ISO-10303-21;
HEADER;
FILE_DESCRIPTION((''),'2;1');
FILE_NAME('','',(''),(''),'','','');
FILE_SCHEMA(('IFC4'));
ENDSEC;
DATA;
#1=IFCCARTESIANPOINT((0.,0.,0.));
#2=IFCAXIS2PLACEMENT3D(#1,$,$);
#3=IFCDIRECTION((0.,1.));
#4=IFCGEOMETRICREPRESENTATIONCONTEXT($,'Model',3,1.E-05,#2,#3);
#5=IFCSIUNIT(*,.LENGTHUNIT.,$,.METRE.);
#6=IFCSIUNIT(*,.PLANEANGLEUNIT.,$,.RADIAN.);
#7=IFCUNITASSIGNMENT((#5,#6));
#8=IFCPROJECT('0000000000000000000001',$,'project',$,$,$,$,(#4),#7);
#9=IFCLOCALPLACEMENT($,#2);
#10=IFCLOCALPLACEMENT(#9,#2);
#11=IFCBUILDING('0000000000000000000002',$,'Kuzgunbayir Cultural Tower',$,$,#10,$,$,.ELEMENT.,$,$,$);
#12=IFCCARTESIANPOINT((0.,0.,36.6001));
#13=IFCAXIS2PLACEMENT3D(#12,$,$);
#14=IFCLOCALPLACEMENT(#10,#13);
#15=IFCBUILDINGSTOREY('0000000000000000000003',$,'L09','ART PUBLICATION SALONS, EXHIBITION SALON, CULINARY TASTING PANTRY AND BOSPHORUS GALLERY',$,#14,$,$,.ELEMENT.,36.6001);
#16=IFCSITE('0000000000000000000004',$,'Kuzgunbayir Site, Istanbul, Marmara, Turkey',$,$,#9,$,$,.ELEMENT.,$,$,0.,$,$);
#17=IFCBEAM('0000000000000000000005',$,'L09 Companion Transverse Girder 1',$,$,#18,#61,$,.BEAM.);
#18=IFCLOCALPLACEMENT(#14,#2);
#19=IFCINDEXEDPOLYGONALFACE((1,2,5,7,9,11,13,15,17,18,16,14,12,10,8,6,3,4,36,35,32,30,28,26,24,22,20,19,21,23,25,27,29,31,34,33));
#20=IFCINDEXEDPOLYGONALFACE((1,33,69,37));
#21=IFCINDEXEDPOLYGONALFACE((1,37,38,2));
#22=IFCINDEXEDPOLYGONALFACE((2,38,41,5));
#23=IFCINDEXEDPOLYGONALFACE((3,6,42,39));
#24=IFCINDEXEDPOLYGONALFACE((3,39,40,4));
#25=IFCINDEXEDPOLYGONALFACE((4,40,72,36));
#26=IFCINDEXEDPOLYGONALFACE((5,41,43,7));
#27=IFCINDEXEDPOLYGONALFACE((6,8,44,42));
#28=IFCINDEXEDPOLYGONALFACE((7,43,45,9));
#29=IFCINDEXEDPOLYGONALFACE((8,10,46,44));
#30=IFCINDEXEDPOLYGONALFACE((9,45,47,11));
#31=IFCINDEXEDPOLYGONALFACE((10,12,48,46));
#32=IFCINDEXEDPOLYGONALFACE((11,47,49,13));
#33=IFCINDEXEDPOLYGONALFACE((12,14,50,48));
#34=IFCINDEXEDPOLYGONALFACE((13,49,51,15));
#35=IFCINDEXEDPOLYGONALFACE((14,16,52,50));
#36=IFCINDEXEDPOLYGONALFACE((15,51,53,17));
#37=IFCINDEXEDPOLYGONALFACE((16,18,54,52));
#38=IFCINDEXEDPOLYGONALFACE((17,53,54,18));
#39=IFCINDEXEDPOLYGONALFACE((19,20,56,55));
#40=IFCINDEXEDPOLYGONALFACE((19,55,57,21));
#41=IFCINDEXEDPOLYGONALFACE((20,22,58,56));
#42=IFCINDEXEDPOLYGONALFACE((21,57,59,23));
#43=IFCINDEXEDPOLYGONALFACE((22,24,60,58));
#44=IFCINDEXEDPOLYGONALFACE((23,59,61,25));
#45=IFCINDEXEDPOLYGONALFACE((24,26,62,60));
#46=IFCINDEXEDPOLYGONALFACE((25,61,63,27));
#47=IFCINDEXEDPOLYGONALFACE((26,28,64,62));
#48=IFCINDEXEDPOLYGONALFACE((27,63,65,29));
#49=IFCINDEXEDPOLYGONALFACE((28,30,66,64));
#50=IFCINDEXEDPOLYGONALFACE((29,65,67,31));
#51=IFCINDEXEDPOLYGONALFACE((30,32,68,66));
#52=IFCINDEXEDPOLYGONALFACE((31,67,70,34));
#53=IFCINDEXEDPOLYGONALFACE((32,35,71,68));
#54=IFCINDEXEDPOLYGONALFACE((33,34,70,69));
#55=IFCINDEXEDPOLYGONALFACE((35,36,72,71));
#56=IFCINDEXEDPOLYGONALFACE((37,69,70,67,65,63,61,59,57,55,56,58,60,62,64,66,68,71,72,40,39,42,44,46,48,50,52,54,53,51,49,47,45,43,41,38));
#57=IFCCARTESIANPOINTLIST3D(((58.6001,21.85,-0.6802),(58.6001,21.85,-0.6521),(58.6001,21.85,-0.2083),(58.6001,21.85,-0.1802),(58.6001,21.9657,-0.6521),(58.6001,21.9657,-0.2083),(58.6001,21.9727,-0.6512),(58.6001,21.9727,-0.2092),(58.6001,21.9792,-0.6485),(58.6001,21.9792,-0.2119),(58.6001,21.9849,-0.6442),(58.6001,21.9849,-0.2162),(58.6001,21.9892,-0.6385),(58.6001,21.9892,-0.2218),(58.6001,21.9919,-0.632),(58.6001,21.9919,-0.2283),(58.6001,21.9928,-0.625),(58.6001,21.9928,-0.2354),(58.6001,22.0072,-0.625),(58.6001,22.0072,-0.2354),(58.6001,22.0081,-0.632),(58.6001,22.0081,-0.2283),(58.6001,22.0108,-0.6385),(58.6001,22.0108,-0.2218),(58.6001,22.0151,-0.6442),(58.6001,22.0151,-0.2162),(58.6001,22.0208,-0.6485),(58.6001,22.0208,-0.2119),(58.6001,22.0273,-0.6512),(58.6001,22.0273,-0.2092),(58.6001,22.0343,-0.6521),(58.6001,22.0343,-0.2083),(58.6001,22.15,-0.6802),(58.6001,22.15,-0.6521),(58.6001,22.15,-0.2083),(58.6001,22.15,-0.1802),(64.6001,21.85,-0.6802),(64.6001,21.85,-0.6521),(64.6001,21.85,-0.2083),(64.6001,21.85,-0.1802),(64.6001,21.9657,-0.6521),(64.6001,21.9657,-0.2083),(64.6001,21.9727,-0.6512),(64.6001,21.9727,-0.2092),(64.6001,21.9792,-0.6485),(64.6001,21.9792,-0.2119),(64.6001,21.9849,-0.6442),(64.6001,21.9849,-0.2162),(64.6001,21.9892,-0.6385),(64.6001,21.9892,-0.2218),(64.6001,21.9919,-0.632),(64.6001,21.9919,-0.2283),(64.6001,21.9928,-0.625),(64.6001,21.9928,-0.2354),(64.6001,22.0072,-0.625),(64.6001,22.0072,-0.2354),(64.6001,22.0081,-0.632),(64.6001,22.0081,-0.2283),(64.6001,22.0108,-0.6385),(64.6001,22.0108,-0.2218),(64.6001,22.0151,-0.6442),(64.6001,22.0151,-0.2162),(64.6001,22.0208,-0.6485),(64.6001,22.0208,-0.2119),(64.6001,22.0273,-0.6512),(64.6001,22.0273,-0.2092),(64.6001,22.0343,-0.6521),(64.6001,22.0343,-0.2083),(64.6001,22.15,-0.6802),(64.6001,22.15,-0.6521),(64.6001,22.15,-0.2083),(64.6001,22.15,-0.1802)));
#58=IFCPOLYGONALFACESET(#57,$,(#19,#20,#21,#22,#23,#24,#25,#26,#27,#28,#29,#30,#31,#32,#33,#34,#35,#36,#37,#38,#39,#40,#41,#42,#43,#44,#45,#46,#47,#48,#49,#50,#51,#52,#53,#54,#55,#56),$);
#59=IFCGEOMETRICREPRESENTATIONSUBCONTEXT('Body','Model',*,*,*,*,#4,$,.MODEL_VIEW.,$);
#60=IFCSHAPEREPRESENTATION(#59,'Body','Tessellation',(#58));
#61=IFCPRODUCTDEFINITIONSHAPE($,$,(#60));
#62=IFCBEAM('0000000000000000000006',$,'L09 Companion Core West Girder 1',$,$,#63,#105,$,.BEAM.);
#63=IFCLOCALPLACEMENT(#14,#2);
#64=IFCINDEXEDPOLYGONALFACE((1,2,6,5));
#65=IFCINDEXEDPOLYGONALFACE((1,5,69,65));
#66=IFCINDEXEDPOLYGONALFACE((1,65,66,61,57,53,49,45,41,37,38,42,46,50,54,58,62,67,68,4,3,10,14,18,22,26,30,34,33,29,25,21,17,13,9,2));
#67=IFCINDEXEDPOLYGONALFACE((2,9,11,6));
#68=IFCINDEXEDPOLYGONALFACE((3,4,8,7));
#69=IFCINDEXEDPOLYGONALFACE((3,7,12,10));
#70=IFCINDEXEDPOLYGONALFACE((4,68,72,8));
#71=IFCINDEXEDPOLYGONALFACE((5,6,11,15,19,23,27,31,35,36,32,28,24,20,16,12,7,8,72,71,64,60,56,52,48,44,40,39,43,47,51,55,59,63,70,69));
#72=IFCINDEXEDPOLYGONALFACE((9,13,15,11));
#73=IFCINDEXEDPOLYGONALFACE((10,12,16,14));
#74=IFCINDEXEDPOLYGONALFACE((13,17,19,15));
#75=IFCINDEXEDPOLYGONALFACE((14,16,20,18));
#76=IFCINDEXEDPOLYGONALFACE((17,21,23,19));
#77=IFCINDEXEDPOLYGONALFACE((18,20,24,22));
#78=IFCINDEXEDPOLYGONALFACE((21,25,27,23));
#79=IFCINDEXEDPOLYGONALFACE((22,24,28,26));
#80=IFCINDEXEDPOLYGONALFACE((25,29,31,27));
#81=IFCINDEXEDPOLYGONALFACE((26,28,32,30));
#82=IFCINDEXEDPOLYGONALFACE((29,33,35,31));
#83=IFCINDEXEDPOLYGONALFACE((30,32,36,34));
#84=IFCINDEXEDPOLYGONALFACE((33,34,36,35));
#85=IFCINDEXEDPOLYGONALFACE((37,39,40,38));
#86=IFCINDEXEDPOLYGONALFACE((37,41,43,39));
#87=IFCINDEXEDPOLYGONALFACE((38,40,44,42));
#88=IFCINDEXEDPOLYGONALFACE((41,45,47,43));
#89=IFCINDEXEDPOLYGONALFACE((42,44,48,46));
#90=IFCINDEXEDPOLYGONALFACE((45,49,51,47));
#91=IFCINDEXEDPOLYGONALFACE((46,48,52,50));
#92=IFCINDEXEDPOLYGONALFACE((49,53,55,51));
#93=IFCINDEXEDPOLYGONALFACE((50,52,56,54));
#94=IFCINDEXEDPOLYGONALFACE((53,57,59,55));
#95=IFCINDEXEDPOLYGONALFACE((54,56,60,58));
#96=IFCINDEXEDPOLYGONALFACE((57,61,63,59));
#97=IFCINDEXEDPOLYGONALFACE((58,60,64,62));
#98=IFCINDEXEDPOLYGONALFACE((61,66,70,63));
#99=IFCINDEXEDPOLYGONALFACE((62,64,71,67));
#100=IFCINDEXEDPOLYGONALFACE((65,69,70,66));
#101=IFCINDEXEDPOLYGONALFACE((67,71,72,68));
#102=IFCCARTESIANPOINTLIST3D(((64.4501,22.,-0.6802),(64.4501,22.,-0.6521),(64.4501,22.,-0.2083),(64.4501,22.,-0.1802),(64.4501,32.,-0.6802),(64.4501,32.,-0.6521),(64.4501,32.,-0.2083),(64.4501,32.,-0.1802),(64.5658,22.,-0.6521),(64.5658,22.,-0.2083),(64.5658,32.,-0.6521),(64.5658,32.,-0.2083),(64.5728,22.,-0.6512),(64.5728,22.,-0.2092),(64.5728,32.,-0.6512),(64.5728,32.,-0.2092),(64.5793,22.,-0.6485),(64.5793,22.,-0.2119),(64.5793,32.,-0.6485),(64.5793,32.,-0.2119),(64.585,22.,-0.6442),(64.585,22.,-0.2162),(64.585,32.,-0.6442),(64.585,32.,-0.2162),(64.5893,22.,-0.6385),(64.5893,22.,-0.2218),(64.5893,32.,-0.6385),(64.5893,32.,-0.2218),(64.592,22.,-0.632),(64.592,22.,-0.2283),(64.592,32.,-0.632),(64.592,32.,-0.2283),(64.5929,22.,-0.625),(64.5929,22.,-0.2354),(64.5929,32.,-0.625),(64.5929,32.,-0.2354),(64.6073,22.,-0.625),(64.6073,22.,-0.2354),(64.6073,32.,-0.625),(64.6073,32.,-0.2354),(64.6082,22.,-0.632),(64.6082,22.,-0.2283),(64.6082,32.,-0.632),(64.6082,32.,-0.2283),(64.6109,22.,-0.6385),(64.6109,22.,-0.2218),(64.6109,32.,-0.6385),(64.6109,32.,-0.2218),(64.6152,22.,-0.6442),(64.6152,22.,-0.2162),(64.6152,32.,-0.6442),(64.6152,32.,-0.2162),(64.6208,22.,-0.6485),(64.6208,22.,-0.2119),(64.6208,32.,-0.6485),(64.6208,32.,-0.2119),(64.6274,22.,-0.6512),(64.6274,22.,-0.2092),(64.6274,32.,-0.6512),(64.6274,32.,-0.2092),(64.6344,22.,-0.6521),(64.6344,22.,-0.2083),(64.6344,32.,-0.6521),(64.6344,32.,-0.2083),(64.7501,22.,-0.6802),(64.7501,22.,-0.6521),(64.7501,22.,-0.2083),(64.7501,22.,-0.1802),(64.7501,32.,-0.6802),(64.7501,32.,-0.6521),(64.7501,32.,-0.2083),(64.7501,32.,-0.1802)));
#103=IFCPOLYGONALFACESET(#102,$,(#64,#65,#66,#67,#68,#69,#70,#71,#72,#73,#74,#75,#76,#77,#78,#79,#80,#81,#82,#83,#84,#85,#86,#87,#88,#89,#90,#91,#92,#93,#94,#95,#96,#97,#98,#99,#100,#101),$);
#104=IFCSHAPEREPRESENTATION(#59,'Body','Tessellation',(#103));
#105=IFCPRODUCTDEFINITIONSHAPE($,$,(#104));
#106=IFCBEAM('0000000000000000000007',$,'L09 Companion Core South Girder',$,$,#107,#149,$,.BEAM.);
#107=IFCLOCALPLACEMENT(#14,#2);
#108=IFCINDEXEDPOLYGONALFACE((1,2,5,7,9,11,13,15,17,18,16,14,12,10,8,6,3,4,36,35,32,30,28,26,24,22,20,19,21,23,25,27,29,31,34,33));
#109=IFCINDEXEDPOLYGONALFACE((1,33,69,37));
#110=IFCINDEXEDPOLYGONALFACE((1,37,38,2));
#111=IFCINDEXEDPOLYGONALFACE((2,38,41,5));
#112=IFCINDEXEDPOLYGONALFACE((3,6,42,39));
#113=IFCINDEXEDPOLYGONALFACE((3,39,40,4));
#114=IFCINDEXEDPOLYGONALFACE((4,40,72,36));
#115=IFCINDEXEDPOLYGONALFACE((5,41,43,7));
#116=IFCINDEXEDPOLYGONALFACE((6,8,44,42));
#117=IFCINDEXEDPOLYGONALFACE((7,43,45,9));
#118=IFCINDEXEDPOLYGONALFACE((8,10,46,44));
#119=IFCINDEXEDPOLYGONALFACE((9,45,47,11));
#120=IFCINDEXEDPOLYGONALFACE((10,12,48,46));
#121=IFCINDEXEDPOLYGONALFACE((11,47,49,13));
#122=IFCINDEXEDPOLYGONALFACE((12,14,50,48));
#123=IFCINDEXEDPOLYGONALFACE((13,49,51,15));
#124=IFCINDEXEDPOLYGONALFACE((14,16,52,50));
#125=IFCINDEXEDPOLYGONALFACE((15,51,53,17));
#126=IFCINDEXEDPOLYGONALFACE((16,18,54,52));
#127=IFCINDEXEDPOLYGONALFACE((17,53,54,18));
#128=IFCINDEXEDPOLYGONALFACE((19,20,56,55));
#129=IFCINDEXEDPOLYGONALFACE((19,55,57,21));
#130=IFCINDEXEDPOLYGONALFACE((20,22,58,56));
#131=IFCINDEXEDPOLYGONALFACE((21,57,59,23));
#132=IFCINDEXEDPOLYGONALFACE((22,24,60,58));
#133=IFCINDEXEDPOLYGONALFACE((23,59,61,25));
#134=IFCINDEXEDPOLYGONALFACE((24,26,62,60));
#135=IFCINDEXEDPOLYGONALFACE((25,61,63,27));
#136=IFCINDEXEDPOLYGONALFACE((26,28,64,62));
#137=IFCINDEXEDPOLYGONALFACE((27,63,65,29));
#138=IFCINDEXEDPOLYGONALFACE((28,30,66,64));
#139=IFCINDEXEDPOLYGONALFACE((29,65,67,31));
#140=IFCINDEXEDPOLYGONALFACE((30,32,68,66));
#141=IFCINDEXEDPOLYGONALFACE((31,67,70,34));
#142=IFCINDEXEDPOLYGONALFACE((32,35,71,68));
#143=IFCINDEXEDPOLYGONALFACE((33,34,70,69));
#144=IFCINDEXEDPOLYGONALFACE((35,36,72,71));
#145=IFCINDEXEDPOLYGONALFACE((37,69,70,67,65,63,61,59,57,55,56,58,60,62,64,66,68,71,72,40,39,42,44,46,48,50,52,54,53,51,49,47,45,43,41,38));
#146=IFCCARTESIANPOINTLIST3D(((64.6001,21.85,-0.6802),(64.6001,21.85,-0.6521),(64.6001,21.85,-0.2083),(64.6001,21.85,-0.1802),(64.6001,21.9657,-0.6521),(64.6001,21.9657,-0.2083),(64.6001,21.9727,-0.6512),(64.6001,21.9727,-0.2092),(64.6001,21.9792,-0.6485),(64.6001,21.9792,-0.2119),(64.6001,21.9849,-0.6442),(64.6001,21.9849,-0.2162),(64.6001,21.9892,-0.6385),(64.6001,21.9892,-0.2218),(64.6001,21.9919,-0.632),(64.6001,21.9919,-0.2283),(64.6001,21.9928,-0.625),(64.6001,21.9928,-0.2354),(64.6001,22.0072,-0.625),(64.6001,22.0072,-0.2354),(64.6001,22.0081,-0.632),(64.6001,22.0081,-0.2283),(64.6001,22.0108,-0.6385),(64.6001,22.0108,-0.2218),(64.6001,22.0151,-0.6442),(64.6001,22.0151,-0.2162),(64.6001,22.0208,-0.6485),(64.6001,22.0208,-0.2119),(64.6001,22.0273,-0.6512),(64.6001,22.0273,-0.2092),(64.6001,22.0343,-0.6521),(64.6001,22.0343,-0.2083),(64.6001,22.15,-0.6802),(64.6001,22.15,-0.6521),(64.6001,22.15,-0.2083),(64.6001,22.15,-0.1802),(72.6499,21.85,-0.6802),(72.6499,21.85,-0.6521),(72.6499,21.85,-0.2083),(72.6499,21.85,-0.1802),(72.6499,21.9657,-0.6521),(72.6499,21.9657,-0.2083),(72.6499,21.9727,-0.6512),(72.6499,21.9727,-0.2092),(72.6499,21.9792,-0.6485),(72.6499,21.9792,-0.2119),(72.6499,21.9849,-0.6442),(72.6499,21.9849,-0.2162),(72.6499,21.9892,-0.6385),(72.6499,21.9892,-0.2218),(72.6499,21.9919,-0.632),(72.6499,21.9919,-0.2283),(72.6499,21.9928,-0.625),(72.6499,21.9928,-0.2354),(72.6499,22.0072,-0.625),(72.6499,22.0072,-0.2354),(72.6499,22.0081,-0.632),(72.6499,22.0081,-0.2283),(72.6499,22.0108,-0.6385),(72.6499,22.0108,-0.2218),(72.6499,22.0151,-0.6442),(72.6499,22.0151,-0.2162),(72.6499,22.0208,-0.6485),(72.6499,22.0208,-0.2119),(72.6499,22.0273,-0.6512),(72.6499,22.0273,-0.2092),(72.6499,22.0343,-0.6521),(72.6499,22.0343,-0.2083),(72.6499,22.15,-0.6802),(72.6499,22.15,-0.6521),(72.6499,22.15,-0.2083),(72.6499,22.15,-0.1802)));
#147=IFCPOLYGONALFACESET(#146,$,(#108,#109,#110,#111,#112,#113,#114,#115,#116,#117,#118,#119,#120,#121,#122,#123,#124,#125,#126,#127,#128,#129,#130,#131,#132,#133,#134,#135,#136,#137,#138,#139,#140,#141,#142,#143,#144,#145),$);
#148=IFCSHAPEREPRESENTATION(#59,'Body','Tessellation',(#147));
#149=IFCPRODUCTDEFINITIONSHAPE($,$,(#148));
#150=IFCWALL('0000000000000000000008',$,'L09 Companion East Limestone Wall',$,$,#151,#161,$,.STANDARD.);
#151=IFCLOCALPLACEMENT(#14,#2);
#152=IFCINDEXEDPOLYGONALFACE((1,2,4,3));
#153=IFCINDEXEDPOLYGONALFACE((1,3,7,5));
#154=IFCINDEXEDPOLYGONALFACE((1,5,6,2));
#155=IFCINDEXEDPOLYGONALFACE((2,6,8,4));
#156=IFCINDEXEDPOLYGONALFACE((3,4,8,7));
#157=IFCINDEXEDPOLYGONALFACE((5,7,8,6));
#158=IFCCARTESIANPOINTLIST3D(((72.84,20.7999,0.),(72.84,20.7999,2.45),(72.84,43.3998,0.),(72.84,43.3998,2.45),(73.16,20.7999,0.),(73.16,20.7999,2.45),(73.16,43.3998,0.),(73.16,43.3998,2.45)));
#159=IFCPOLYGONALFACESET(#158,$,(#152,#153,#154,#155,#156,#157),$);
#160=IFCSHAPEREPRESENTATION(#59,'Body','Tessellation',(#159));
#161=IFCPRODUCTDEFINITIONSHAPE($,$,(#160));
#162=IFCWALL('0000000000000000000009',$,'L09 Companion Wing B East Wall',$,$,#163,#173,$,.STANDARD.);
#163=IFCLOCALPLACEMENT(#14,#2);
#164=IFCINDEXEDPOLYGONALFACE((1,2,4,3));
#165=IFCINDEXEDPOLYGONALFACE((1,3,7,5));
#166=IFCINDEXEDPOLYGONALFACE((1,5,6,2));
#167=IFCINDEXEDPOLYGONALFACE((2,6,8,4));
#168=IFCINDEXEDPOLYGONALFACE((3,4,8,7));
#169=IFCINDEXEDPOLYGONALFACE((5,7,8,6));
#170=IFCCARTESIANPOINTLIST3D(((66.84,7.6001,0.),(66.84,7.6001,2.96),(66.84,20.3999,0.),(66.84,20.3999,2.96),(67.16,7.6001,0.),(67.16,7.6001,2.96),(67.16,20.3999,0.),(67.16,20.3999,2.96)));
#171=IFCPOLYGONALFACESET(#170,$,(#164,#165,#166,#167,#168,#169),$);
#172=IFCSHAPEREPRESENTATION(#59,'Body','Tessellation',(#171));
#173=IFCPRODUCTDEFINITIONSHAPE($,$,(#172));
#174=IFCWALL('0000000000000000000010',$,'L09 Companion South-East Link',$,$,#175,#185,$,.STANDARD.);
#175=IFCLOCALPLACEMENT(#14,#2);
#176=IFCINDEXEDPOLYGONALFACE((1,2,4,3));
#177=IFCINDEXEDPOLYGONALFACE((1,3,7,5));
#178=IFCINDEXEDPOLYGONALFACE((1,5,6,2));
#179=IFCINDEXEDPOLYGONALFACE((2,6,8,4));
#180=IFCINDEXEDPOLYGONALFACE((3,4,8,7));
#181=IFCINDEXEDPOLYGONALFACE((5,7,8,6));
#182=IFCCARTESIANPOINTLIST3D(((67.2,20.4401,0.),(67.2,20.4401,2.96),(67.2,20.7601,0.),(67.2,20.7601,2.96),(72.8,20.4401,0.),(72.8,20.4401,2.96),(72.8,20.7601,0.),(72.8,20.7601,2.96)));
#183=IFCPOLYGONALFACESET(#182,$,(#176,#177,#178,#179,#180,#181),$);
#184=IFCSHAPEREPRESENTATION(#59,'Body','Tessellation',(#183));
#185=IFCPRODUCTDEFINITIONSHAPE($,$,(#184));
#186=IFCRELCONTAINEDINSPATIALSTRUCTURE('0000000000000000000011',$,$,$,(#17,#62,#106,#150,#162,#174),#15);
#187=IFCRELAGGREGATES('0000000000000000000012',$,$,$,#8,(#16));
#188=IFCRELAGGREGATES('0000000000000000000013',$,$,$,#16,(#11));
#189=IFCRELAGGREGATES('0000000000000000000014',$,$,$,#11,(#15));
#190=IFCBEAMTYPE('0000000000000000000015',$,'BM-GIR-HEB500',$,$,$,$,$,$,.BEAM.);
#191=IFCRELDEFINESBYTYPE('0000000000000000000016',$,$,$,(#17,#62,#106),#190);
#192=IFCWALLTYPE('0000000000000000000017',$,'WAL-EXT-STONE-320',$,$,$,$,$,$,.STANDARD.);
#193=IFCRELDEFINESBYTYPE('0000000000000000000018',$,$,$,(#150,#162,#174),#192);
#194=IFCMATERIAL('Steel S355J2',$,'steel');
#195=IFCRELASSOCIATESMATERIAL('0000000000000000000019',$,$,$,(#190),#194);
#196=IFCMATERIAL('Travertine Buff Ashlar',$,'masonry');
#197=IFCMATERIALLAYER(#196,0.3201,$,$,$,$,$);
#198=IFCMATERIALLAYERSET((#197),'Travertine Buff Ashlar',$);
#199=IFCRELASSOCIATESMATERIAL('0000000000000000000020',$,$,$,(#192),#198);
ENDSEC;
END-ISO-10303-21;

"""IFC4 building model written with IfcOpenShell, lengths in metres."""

from ifc_helpers import new_model, si_unit, direction, frame, frame_2d, origin, origin_2d, place, context, subcontext, project, spatial, rectangle, i_section, extrude, material, layer, layer_set, material_profile, profile_set, type_object, element, save


model = new_model("IFC4")

# Units and contexts
model_context = context("Model", 3, precision=1e-05, world=origin(), true_north=direction((0.0, 1.0)))
body_context = subcontext(model_context, "Body", "Model", "MODEL_VIEW")
ifc_project = project(units=[si_unit("LENGTHUNIT", "METRE"), si_unit("PLANEANGLEUNIT", "RADIAN")], contexts=[model_context])

# Site, building, storey
site_placement = place(None, origin())
site = spatial("IfcSite", under=ifc_project, at=site_placement, Name="Kuzgunbayir Site, Istanbul, Marmara, Turkey", CompositionType="ELEMENT", RefElevation=0.0)
building_placement = place(site_placement, origin())
building = spatial("IfcBuilding", under=site, at=building_placement, Name="Kuzgunbayir Cultural Tower", CompositionType="ELEMENT")
storey_placement = place(building_placement, frame((0.0, 0.0, 36.6001)))
storey = spatial("IfcBuildingStorey", under=building, at=storey_placement, Name="L09", Description="ART PUBLICATION SALONS, EXHIBITION SALON, CULINARY TASTING PANTRY AND BOSPHORUS GALLERY", CompositionType="ELEMENT", Elevation=36.6001)

# Beams
ifc_material_1 = material(Name="Steel S355J2", Category="steel")
ifc_material_profile_1 = material_profile(ifc_material_1, i_section(OverallWidth=0.3, OverallDepth=0.5, WebThickness=0.0144, FlangeThickness=0.0281, FilletRadius=0.0271, at=origin_2d()), Name="HEB 500")
ifc_profile_set_1 = profile_set([ifc_material_profile_1], Name="Steel S355J2")
beam_type_1 = type_object("IfcBeamType", Name="BM-GIR-HEB500", PredefinedType="BEAM", material=ifc_profile_set_1)
beam_1_placement = place(storey_placement, frame((58.6001, 22.0, -0.4302), z_axis=(1.0, 0.0, 0.0), x_axis=(0.0, 1.0, 0.0)))
element("IfcBeam", 1, at=beam_1_placement, inside=storey, type_object=beam_type_1, Name="L09 Companion Transverse Girder 1", PredefinedType="BEAM", context=body_context, shape_type="SweptSolid", body=[
    extrude(i_section(OverallWidth=0.3, OverallDepth=0.5, WebThickness=0.0144, FlangeThickness=0.0281, FilletRadius=0.0271, at=origin_2d()), origin(), (0.0, 0.0, 1.0), 6.0),
])
beam_2_placement = place(storey_placement, frame((64.6001, 22.0, -0.4302), z_axis=(0.0, 1.0, 0.0), x_axis=(-1.0, 0.0, 0.0)))
element("IfcBeam", 2, at=beam_2_placement, inside=storey, type_object=beam_type_1, Name="L09 Companion Core West Girder 1", PredefinedType="BEAM", context=body_context, shape_type="SweptSolid", body=[
    extrude(i_section(OverallWidth=0.3, OverallDepth=0.5, WebThickness=0.0144, FlangeThickness=0.0281, FilletRadius=0.0271, at=origin_2d()), origin(), (0.0, 0.0, 1.0), 10.0),
])
beam_3_placement = place(storey_placement, frame((64.6001, 22.0, -0.4302), z_axis=(1.0, 0.0, 0.0), x_axis=(0.0, 1.0, 0.0)))
element("IfcBeam", 3, at=beam_3_placement, inside=storey, type_object=beam_type_1, Name="L09 Companion Core South Girder", PredefinedType="BEAM", context=body_context, shape_type="SweptSolid", body=[
    extrude(i_section(OverallWidth=0.3, OverallDepth=0.5, WebThickness=0.0144, FlangeThickness=0.0281, FilletRadius=0.0271, at=origin_2d()), origin(), (0.0, 0.0, 1.0), 8.0498),
])

# Walls
ifc_material_2 = material(Name="Travertine Buff Ashlar", Category="masonry")
ifc_layer_1 = layer(ifc_material_2, 0.3201)
ifc_layer_set_1 = layer_set([ifc_layer_1], Name="Travertine Buff Ashlar")
wall_type_1 = type_object("IfcWallType", Name="WAL-EXT-STONE-320", PredefinedType="STANDARD", material=ifc_layer_set_1)
wall_1_placement = place(storey_placement, frame((73.0, 20.8, 0.0), z_axis=(0.0, 0.0, 1.0), x_axis=(0.0, 1.0, 0.0)))
element("IfcWall", 4, at=wall_1_placement, inside=storey, type_object=wall_type_1, Name="L09 Companion East Limestone Wall", PredefinedType="STANDARD", context=body_context, shape_type="SweptSolid", body=[
    extrude(rectangle(XDim=22.5999, YDim=0.3201, at=frame_2d((11.2998, 0.0))), origin(), (0.0, 0.0, 1.0), 2.45),
])
wall_2_placement = place(storey_placement, frame((67.0, 7.6001, 0.0), z_axis=(0.0, 0.0, 1.0), x_axis=(0.0, 1.0, 0.0)))
element("IfcWall", 5, at=wall_2_placement, inside=storey, type_object=wall_type_1, Name="L09 Companion Wing B East Wall", PredefinedType="STANDARD", context=body_context, shape_type="SweptSolid", body=[
    extrude(rectangle(XDim=12.7998, YDim=0.3201, at=frame_2d((6.3999, 0.0))), origin(), (0.0, 0.0, 1.0), 2.96),
])
wall_3_placement = place(storey_placement, frame((67.2, 20.6001, 0.0), z_axis=(0.0, 0.0, 1.0), x_axis=(1.0, 0.0, 0.0)))
element("IfcWall", 6, at=wall_3_placement, inside=storey, type_object=wall_type_1, Name="L09 Companion South-East Link", PredefinedType="STANDARD", context=body_context, shape_type="SweptSolid", body=[
    extrude(rectangle(XDim=5.6001, YDim=0.3201, at=frame_2d((2.8, 0.0))), origin(), (0.0, 0.0, 1.0), 2.96),
])

save(model, "model.ifc")
